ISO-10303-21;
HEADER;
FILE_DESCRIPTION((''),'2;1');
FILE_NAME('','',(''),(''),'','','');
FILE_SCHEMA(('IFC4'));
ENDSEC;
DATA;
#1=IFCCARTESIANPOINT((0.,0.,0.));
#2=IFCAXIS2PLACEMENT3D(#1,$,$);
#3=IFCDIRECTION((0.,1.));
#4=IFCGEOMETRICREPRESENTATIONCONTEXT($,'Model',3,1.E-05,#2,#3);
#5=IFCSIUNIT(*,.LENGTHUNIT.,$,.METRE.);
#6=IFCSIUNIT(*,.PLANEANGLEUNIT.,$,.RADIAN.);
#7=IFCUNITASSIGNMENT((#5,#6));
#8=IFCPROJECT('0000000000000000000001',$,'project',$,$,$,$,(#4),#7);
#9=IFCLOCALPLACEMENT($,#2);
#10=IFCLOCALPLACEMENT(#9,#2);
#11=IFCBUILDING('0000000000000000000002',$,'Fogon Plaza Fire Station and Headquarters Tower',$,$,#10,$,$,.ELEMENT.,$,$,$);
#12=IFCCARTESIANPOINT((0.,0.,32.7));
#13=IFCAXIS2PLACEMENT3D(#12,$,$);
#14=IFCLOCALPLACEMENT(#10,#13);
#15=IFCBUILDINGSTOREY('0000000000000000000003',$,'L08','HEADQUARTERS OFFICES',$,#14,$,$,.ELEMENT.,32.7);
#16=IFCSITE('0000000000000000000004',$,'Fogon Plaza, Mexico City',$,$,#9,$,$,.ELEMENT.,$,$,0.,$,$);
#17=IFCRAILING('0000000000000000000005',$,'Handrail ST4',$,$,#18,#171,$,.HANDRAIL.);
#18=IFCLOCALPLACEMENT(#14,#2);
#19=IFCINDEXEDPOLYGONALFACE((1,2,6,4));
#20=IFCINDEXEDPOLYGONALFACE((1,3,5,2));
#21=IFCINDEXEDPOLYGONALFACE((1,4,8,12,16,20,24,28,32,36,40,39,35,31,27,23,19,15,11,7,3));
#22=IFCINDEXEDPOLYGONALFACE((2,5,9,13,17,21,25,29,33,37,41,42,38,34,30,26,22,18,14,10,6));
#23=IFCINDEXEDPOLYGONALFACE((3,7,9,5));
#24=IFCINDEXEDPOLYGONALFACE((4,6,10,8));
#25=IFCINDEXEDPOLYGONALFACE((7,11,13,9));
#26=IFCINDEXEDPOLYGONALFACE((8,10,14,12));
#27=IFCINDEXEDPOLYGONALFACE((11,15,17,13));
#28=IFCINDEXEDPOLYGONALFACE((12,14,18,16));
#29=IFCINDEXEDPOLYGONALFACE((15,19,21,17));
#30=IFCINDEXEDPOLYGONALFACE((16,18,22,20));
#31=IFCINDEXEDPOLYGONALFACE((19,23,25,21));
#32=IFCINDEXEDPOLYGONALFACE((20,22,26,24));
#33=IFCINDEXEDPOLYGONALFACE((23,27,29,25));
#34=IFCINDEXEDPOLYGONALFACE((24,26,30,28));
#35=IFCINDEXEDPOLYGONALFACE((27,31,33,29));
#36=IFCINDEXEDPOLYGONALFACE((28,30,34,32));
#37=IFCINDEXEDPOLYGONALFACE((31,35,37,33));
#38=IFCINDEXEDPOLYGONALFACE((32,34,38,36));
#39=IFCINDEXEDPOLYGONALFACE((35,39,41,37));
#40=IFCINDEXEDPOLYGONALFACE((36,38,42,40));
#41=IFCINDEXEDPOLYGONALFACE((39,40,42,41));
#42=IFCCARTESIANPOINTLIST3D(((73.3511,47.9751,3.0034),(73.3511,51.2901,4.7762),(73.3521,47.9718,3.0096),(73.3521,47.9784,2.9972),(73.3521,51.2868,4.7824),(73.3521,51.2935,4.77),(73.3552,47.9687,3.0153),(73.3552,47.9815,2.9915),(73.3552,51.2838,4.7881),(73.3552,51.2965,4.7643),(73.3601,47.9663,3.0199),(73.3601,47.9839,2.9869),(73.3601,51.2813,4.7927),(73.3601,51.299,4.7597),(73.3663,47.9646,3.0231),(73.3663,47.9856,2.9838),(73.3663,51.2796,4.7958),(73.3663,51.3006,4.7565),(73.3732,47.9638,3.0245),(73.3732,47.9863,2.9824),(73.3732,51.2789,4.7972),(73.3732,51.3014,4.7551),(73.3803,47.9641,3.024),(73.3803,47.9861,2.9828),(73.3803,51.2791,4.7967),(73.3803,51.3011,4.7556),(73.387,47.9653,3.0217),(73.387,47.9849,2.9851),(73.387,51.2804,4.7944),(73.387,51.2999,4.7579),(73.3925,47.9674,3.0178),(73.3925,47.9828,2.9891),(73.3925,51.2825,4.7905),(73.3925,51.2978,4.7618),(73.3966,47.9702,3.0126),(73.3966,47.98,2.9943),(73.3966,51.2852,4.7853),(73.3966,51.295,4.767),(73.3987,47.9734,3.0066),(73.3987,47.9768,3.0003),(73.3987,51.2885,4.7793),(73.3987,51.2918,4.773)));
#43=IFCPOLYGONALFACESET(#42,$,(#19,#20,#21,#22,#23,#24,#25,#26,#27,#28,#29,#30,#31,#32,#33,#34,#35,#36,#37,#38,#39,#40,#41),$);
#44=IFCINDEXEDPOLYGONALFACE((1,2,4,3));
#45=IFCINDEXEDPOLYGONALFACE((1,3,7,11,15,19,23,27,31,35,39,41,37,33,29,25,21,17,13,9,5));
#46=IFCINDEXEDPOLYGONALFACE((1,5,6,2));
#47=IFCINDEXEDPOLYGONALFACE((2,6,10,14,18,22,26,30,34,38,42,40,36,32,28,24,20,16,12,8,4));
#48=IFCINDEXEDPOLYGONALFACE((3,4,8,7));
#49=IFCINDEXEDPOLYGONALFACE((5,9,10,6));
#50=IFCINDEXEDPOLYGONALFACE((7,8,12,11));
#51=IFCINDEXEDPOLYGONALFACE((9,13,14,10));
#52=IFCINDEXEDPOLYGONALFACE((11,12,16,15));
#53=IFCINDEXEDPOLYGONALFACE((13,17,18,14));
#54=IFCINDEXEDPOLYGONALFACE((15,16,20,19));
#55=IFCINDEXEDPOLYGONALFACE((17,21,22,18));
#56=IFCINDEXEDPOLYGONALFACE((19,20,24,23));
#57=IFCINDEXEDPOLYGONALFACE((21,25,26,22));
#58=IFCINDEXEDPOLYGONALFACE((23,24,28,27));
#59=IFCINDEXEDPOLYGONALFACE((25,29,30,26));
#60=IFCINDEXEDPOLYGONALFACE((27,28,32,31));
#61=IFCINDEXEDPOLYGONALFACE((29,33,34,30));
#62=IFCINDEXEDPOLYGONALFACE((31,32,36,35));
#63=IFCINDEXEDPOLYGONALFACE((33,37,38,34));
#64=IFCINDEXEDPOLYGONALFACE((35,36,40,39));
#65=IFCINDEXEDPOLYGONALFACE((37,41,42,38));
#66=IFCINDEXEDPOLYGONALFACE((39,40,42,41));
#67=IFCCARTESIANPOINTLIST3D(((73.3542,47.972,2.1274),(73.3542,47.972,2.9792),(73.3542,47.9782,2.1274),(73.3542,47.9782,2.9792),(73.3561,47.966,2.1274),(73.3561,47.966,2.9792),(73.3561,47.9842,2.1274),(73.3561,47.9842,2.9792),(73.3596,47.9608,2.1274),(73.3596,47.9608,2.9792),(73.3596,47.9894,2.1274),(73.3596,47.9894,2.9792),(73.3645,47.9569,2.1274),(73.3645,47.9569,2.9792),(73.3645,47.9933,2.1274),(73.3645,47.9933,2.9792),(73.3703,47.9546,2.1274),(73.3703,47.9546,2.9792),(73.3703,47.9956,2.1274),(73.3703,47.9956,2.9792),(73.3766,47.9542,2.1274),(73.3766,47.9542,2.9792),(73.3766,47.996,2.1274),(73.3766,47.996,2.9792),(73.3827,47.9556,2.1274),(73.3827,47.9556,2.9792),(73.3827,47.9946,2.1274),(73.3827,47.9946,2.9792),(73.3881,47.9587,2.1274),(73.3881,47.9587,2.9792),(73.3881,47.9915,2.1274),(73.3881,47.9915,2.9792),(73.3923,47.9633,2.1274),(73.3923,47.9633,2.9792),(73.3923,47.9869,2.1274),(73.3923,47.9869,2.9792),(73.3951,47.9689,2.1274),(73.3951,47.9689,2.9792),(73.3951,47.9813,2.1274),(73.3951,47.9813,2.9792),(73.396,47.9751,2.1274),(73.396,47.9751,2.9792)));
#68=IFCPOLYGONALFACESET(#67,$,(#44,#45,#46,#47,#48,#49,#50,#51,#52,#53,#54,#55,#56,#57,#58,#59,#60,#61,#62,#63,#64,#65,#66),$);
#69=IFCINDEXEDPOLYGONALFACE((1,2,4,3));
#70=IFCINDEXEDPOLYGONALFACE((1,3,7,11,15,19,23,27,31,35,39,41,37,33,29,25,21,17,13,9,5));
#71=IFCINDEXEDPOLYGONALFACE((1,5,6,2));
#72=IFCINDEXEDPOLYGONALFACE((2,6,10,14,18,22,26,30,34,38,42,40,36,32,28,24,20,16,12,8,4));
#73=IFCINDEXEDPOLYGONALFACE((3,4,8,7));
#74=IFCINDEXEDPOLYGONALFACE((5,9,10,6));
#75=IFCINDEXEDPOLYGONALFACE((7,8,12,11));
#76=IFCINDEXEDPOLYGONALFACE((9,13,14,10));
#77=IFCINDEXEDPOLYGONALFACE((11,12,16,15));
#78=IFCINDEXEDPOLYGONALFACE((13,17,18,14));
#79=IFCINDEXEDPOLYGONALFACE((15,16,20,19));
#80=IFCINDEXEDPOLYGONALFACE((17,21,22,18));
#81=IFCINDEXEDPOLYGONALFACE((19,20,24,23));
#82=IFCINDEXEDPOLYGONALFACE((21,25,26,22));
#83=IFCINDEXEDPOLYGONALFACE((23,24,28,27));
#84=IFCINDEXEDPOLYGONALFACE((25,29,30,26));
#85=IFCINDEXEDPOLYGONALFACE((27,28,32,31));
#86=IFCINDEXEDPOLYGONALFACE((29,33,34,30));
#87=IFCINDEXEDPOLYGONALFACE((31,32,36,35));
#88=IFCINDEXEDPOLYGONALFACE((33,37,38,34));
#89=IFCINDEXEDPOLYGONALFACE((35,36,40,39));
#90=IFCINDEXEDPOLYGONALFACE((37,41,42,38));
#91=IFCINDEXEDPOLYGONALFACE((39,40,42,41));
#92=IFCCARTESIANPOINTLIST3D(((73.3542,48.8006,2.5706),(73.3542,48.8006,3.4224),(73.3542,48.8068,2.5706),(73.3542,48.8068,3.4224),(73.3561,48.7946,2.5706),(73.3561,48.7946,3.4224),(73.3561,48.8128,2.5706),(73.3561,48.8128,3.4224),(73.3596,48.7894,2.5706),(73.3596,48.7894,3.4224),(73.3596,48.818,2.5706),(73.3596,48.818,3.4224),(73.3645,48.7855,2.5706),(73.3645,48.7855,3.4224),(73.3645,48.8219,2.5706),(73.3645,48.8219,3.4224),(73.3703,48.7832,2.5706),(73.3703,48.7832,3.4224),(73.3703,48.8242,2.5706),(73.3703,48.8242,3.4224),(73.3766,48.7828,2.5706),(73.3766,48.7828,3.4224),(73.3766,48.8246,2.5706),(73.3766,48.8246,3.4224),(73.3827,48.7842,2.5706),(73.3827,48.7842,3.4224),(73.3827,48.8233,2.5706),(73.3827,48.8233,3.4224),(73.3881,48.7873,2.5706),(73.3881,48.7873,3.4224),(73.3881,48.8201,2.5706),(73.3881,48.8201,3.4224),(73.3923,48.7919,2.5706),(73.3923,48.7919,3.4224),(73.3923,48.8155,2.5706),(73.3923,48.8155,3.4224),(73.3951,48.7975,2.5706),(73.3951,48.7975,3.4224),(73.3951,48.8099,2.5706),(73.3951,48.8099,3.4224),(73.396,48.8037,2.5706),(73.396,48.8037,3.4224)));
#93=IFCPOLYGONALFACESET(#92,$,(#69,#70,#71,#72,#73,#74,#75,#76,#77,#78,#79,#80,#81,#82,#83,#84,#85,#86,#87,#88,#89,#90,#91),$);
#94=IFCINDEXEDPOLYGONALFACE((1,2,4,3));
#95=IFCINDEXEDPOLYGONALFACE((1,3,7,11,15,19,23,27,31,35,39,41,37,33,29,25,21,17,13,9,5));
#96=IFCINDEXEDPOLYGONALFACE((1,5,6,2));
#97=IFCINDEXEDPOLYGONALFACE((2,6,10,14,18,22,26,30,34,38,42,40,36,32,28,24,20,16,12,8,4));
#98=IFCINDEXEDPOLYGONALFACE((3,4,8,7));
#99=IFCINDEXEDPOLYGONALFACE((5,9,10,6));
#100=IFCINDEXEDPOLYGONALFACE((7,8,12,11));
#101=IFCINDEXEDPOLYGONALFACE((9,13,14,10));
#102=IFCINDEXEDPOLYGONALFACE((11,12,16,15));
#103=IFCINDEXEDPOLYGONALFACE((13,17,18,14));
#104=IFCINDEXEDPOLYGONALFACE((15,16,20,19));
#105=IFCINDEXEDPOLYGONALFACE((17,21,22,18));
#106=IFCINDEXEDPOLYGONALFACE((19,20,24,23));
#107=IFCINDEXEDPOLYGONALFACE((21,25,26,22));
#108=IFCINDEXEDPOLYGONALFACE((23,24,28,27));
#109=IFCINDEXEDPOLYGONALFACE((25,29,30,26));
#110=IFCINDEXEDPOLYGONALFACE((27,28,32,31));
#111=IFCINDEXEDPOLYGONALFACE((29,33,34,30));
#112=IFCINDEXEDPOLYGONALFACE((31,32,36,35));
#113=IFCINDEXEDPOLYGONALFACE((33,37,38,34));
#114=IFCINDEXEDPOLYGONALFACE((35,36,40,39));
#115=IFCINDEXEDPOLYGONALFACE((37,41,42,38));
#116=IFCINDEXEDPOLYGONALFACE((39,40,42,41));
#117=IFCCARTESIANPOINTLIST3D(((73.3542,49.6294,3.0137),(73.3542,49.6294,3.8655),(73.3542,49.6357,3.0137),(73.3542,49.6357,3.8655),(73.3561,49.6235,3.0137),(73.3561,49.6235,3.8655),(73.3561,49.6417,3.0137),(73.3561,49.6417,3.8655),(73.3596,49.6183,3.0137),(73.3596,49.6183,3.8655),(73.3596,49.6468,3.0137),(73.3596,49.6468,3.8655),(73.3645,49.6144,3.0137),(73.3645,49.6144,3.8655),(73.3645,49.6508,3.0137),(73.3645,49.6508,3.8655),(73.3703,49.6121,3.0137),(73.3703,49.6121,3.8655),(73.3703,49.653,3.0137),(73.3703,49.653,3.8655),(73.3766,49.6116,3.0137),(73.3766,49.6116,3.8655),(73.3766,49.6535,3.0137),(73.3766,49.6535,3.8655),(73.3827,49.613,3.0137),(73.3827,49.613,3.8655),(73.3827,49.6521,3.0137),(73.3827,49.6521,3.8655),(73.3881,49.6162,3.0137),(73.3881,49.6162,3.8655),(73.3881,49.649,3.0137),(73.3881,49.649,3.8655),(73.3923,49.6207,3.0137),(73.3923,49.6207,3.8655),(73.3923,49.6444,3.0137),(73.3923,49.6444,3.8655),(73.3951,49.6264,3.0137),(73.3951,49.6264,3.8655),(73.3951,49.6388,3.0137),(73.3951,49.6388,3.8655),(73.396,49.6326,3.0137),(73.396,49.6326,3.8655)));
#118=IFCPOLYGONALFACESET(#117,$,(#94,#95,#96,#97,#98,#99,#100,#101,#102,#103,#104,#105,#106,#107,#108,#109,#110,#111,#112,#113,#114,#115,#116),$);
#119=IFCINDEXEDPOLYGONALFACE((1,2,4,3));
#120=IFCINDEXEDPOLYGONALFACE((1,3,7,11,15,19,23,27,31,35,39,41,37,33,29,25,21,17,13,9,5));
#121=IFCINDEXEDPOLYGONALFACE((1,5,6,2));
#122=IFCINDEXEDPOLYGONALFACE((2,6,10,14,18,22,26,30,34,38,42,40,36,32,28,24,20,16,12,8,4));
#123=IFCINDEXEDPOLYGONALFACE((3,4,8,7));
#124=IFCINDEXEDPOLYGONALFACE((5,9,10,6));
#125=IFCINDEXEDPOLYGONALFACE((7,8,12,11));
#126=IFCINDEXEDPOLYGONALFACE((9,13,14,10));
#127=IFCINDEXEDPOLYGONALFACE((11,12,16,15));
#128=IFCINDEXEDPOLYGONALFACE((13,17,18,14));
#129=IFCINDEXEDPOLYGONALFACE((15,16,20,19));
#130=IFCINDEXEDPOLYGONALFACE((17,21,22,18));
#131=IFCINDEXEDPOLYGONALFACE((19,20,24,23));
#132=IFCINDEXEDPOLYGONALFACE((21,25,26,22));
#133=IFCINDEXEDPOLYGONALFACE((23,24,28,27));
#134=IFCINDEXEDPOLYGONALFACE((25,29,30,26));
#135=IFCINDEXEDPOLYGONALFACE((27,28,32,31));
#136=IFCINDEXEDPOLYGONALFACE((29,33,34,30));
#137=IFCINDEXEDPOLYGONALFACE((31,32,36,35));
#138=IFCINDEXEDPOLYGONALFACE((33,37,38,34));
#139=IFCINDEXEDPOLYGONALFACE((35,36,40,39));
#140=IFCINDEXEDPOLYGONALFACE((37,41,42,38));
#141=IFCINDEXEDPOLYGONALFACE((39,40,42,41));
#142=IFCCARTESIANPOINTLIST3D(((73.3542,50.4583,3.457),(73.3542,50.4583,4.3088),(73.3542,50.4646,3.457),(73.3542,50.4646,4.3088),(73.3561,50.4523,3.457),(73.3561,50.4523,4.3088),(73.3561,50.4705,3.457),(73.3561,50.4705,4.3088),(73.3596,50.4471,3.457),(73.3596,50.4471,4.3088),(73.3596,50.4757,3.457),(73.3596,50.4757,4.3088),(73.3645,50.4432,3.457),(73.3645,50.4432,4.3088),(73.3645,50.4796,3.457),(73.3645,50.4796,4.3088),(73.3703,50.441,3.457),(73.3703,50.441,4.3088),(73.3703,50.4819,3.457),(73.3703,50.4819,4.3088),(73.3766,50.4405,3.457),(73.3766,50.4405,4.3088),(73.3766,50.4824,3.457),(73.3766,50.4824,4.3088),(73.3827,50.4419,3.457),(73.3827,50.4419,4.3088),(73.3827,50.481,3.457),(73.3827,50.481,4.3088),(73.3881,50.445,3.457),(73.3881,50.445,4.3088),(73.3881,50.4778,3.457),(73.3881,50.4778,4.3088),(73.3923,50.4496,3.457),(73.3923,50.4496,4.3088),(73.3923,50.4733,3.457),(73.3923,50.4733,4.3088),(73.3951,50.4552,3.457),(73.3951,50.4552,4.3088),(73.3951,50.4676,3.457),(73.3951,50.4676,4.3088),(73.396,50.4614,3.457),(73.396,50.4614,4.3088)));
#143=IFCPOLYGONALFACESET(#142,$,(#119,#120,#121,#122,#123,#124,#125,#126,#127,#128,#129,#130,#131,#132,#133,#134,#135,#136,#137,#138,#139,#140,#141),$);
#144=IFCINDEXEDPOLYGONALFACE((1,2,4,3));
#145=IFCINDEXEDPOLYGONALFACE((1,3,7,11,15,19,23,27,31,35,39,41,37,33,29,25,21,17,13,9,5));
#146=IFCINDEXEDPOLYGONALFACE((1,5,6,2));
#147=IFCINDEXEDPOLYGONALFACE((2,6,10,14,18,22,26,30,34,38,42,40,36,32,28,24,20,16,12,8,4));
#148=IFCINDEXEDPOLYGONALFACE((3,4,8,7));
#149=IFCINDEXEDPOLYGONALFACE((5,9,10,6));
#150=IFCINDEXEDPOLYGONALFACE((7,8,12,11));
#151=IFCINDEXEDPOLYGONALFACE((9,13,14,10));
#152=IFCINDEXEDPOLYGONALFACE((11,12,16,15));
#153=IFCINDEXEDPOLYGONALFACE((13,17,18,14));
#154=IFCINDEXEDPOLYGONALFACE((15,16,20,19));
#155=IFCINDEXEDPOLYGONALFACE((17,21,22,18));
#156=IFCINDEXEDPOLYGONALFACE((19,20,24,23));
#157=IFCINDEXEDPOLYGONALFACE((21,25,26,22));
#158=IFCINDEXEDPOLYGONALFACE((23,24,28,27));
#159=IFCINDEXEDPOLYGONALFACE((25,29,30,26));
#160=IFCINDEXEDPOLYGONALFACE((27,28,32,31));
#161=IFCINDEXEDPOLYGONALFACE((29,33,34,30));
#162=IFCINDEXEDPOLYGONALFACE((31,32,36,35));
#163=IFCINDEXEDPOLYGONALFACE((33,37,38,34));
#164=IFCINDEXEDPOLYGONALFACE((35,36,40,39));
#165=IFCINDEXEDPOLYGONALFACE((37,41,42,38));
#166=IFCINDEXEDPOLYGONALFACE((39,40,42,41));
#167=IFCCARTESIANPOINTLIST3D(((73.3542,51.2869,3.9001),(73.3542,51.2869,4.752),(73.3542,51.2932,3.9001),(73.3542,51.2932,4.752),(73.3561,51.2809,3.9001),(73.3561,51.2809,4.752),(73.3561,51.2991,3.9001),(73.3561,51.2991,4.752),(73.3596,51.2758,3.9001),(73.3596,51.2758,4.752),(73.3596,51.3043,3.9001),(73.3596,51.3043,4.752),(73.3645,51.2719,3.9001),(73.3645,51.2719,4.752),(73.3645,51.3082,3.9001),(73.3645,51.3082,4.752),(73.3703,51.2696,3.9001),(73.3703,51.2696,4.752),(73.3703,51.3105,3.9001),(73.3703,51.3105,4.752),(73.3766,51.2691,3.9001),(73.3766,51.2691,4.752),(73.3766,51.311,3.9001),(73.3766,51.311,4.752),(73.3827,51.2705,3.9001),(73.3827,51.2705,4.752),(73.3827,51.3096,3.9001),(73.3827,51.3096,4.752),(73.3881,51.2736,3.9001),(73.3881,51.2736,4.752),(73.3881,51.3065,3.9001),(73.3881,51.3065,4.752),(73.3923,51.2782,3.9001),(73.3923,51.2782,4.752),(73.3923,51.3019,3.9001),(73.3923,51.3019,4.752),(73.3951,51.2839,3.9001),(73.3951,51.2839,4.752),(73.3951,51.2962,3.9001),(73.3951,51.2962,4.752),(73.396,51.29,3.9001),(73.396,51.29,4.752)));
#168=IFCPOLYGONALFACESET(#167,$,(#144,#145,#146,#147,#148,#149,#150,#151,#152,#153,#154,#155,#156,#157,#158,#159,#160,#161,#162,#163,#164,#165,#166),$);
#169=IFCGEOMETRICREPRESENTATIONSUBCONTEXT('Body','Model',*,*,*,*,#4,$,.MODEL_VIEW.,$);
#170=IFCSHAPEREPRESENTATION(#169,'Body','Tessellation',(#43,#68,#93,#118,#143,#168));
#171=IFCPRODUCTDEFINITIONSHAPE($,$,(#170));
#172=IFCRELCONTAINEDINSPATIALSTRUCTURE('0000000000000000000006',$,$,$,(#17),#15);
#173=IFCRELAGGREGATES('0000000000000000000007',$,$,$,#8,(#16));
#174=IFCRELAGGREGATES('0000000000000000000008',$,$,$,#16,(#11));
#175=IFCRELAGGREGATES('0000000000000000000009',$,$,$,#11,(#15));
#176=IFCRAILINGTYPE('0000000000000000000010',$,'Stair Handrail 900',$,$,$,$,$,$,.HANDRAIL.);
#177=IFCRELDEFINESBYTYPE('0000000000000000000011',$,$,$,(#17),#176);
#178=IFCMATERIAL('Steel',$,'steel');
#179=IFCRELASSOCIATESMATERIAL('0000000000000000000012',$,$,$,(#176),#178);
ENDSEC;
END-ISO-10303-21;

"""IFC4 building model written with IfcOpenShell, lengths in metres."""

from ifc_helpers import new_model, si_unit, direction, frame, origin, origin_2d, place, context, subcontext, project, spatial, circle, extrude, material, type_object, element, save


model = new_model("IFC4")

# Units and contexts
model_context = context("Model", 3, precision=1e-05, world=origin(), true_north=direction((0.0, 1.0)))
body_context = subcontext(model_context, "Body", "Model", "MODEL_VIEW")
ifc_project = project(units=[si_unit("LENGTHUNIT", "METRE"), si_unit("PLANEANGLEUNIT", "RADIAN")], contexts=[model_context])

# Site, building, storey
site_placement = place(None, origin())
site = spatial("IfcSite", under=ifc_project, at=site_placement, Name="Fogon Plaza, Mexico City", CompositionType="ELEMENT", RefElevation=0.0)
building_placement = place(site_placement, origin())
building = spatial("IfcBuilding", under=site, at=building_placement, Name="Fogon Plaza Fire Station and Headquarters Tower", CompositionType="ELEMENT")
storey_placement = place(building_placement, frame((0.0, 0.0, 32.7)))
storey = spatial("IfcBuildingStorey", under=building, at=storey_placement, Name="L08", Description="HEADQUARTERS OFFICES", CompositionType="ELEMENT", Elevation=32.7)

# Railing
ifc_material_1 = material(Name="Steel", Category="steel")
railing_type = type_object("IfcRailingType", Name="Stair Handrail 900", PredefinedType="HANDRAIL", material=ifc_material_1)
for number, where, name in (
    (1, (73.375, 47.9751, 2.1274), "Handrail ST4"),
):
    element("IfcRailing", number, at=place(storey_placement, frame(where)), inside=storey, type_object=railing_type, Name=name, PredefinedType="HANDRAIL", context=body_context, shape_type="SweptSolid", body=[
        extrude(circle(Radius=0.0239, at=origin_2d()), frame((0.0, 0.0, 0.876), z_axis=(0.0, 0.881829, 0.471569), x_axis=(-1.0, 0.0, 0.0)), (0.0, 0.0, 1.0), 3.7593),
        extrude(circle(Radius=0.021, at=origin_2d()), origin(), (0.0, 0.0, 1.0), 0.8518),
        extrude(circle(Radius=0.021, at=origin_2d()), frame((0.0, 0.8286, 0.4431)), (0.0, 0.0, 1.0), 0.8518),
        extrude(circle(Radius=0.021, at=origin_2d()), frame((0.0, 1.6575, 0.8862)), (0.0, 0.0, 1.0), 0.8518),
        extrude(circle(Radius=0.021, at=origin_2d()), frame((0.0, 2.4863, 1.3296)), (0.0, 0.0, 1.0), 0.8518),
        extrude(circle(Radius=0.021, at=origin_2d()), frame((0.0, 3.3149, 1.7727)), (0.0, 0.0, 1.0), 0.8518),
    ])

save(model, "model.ifc")
